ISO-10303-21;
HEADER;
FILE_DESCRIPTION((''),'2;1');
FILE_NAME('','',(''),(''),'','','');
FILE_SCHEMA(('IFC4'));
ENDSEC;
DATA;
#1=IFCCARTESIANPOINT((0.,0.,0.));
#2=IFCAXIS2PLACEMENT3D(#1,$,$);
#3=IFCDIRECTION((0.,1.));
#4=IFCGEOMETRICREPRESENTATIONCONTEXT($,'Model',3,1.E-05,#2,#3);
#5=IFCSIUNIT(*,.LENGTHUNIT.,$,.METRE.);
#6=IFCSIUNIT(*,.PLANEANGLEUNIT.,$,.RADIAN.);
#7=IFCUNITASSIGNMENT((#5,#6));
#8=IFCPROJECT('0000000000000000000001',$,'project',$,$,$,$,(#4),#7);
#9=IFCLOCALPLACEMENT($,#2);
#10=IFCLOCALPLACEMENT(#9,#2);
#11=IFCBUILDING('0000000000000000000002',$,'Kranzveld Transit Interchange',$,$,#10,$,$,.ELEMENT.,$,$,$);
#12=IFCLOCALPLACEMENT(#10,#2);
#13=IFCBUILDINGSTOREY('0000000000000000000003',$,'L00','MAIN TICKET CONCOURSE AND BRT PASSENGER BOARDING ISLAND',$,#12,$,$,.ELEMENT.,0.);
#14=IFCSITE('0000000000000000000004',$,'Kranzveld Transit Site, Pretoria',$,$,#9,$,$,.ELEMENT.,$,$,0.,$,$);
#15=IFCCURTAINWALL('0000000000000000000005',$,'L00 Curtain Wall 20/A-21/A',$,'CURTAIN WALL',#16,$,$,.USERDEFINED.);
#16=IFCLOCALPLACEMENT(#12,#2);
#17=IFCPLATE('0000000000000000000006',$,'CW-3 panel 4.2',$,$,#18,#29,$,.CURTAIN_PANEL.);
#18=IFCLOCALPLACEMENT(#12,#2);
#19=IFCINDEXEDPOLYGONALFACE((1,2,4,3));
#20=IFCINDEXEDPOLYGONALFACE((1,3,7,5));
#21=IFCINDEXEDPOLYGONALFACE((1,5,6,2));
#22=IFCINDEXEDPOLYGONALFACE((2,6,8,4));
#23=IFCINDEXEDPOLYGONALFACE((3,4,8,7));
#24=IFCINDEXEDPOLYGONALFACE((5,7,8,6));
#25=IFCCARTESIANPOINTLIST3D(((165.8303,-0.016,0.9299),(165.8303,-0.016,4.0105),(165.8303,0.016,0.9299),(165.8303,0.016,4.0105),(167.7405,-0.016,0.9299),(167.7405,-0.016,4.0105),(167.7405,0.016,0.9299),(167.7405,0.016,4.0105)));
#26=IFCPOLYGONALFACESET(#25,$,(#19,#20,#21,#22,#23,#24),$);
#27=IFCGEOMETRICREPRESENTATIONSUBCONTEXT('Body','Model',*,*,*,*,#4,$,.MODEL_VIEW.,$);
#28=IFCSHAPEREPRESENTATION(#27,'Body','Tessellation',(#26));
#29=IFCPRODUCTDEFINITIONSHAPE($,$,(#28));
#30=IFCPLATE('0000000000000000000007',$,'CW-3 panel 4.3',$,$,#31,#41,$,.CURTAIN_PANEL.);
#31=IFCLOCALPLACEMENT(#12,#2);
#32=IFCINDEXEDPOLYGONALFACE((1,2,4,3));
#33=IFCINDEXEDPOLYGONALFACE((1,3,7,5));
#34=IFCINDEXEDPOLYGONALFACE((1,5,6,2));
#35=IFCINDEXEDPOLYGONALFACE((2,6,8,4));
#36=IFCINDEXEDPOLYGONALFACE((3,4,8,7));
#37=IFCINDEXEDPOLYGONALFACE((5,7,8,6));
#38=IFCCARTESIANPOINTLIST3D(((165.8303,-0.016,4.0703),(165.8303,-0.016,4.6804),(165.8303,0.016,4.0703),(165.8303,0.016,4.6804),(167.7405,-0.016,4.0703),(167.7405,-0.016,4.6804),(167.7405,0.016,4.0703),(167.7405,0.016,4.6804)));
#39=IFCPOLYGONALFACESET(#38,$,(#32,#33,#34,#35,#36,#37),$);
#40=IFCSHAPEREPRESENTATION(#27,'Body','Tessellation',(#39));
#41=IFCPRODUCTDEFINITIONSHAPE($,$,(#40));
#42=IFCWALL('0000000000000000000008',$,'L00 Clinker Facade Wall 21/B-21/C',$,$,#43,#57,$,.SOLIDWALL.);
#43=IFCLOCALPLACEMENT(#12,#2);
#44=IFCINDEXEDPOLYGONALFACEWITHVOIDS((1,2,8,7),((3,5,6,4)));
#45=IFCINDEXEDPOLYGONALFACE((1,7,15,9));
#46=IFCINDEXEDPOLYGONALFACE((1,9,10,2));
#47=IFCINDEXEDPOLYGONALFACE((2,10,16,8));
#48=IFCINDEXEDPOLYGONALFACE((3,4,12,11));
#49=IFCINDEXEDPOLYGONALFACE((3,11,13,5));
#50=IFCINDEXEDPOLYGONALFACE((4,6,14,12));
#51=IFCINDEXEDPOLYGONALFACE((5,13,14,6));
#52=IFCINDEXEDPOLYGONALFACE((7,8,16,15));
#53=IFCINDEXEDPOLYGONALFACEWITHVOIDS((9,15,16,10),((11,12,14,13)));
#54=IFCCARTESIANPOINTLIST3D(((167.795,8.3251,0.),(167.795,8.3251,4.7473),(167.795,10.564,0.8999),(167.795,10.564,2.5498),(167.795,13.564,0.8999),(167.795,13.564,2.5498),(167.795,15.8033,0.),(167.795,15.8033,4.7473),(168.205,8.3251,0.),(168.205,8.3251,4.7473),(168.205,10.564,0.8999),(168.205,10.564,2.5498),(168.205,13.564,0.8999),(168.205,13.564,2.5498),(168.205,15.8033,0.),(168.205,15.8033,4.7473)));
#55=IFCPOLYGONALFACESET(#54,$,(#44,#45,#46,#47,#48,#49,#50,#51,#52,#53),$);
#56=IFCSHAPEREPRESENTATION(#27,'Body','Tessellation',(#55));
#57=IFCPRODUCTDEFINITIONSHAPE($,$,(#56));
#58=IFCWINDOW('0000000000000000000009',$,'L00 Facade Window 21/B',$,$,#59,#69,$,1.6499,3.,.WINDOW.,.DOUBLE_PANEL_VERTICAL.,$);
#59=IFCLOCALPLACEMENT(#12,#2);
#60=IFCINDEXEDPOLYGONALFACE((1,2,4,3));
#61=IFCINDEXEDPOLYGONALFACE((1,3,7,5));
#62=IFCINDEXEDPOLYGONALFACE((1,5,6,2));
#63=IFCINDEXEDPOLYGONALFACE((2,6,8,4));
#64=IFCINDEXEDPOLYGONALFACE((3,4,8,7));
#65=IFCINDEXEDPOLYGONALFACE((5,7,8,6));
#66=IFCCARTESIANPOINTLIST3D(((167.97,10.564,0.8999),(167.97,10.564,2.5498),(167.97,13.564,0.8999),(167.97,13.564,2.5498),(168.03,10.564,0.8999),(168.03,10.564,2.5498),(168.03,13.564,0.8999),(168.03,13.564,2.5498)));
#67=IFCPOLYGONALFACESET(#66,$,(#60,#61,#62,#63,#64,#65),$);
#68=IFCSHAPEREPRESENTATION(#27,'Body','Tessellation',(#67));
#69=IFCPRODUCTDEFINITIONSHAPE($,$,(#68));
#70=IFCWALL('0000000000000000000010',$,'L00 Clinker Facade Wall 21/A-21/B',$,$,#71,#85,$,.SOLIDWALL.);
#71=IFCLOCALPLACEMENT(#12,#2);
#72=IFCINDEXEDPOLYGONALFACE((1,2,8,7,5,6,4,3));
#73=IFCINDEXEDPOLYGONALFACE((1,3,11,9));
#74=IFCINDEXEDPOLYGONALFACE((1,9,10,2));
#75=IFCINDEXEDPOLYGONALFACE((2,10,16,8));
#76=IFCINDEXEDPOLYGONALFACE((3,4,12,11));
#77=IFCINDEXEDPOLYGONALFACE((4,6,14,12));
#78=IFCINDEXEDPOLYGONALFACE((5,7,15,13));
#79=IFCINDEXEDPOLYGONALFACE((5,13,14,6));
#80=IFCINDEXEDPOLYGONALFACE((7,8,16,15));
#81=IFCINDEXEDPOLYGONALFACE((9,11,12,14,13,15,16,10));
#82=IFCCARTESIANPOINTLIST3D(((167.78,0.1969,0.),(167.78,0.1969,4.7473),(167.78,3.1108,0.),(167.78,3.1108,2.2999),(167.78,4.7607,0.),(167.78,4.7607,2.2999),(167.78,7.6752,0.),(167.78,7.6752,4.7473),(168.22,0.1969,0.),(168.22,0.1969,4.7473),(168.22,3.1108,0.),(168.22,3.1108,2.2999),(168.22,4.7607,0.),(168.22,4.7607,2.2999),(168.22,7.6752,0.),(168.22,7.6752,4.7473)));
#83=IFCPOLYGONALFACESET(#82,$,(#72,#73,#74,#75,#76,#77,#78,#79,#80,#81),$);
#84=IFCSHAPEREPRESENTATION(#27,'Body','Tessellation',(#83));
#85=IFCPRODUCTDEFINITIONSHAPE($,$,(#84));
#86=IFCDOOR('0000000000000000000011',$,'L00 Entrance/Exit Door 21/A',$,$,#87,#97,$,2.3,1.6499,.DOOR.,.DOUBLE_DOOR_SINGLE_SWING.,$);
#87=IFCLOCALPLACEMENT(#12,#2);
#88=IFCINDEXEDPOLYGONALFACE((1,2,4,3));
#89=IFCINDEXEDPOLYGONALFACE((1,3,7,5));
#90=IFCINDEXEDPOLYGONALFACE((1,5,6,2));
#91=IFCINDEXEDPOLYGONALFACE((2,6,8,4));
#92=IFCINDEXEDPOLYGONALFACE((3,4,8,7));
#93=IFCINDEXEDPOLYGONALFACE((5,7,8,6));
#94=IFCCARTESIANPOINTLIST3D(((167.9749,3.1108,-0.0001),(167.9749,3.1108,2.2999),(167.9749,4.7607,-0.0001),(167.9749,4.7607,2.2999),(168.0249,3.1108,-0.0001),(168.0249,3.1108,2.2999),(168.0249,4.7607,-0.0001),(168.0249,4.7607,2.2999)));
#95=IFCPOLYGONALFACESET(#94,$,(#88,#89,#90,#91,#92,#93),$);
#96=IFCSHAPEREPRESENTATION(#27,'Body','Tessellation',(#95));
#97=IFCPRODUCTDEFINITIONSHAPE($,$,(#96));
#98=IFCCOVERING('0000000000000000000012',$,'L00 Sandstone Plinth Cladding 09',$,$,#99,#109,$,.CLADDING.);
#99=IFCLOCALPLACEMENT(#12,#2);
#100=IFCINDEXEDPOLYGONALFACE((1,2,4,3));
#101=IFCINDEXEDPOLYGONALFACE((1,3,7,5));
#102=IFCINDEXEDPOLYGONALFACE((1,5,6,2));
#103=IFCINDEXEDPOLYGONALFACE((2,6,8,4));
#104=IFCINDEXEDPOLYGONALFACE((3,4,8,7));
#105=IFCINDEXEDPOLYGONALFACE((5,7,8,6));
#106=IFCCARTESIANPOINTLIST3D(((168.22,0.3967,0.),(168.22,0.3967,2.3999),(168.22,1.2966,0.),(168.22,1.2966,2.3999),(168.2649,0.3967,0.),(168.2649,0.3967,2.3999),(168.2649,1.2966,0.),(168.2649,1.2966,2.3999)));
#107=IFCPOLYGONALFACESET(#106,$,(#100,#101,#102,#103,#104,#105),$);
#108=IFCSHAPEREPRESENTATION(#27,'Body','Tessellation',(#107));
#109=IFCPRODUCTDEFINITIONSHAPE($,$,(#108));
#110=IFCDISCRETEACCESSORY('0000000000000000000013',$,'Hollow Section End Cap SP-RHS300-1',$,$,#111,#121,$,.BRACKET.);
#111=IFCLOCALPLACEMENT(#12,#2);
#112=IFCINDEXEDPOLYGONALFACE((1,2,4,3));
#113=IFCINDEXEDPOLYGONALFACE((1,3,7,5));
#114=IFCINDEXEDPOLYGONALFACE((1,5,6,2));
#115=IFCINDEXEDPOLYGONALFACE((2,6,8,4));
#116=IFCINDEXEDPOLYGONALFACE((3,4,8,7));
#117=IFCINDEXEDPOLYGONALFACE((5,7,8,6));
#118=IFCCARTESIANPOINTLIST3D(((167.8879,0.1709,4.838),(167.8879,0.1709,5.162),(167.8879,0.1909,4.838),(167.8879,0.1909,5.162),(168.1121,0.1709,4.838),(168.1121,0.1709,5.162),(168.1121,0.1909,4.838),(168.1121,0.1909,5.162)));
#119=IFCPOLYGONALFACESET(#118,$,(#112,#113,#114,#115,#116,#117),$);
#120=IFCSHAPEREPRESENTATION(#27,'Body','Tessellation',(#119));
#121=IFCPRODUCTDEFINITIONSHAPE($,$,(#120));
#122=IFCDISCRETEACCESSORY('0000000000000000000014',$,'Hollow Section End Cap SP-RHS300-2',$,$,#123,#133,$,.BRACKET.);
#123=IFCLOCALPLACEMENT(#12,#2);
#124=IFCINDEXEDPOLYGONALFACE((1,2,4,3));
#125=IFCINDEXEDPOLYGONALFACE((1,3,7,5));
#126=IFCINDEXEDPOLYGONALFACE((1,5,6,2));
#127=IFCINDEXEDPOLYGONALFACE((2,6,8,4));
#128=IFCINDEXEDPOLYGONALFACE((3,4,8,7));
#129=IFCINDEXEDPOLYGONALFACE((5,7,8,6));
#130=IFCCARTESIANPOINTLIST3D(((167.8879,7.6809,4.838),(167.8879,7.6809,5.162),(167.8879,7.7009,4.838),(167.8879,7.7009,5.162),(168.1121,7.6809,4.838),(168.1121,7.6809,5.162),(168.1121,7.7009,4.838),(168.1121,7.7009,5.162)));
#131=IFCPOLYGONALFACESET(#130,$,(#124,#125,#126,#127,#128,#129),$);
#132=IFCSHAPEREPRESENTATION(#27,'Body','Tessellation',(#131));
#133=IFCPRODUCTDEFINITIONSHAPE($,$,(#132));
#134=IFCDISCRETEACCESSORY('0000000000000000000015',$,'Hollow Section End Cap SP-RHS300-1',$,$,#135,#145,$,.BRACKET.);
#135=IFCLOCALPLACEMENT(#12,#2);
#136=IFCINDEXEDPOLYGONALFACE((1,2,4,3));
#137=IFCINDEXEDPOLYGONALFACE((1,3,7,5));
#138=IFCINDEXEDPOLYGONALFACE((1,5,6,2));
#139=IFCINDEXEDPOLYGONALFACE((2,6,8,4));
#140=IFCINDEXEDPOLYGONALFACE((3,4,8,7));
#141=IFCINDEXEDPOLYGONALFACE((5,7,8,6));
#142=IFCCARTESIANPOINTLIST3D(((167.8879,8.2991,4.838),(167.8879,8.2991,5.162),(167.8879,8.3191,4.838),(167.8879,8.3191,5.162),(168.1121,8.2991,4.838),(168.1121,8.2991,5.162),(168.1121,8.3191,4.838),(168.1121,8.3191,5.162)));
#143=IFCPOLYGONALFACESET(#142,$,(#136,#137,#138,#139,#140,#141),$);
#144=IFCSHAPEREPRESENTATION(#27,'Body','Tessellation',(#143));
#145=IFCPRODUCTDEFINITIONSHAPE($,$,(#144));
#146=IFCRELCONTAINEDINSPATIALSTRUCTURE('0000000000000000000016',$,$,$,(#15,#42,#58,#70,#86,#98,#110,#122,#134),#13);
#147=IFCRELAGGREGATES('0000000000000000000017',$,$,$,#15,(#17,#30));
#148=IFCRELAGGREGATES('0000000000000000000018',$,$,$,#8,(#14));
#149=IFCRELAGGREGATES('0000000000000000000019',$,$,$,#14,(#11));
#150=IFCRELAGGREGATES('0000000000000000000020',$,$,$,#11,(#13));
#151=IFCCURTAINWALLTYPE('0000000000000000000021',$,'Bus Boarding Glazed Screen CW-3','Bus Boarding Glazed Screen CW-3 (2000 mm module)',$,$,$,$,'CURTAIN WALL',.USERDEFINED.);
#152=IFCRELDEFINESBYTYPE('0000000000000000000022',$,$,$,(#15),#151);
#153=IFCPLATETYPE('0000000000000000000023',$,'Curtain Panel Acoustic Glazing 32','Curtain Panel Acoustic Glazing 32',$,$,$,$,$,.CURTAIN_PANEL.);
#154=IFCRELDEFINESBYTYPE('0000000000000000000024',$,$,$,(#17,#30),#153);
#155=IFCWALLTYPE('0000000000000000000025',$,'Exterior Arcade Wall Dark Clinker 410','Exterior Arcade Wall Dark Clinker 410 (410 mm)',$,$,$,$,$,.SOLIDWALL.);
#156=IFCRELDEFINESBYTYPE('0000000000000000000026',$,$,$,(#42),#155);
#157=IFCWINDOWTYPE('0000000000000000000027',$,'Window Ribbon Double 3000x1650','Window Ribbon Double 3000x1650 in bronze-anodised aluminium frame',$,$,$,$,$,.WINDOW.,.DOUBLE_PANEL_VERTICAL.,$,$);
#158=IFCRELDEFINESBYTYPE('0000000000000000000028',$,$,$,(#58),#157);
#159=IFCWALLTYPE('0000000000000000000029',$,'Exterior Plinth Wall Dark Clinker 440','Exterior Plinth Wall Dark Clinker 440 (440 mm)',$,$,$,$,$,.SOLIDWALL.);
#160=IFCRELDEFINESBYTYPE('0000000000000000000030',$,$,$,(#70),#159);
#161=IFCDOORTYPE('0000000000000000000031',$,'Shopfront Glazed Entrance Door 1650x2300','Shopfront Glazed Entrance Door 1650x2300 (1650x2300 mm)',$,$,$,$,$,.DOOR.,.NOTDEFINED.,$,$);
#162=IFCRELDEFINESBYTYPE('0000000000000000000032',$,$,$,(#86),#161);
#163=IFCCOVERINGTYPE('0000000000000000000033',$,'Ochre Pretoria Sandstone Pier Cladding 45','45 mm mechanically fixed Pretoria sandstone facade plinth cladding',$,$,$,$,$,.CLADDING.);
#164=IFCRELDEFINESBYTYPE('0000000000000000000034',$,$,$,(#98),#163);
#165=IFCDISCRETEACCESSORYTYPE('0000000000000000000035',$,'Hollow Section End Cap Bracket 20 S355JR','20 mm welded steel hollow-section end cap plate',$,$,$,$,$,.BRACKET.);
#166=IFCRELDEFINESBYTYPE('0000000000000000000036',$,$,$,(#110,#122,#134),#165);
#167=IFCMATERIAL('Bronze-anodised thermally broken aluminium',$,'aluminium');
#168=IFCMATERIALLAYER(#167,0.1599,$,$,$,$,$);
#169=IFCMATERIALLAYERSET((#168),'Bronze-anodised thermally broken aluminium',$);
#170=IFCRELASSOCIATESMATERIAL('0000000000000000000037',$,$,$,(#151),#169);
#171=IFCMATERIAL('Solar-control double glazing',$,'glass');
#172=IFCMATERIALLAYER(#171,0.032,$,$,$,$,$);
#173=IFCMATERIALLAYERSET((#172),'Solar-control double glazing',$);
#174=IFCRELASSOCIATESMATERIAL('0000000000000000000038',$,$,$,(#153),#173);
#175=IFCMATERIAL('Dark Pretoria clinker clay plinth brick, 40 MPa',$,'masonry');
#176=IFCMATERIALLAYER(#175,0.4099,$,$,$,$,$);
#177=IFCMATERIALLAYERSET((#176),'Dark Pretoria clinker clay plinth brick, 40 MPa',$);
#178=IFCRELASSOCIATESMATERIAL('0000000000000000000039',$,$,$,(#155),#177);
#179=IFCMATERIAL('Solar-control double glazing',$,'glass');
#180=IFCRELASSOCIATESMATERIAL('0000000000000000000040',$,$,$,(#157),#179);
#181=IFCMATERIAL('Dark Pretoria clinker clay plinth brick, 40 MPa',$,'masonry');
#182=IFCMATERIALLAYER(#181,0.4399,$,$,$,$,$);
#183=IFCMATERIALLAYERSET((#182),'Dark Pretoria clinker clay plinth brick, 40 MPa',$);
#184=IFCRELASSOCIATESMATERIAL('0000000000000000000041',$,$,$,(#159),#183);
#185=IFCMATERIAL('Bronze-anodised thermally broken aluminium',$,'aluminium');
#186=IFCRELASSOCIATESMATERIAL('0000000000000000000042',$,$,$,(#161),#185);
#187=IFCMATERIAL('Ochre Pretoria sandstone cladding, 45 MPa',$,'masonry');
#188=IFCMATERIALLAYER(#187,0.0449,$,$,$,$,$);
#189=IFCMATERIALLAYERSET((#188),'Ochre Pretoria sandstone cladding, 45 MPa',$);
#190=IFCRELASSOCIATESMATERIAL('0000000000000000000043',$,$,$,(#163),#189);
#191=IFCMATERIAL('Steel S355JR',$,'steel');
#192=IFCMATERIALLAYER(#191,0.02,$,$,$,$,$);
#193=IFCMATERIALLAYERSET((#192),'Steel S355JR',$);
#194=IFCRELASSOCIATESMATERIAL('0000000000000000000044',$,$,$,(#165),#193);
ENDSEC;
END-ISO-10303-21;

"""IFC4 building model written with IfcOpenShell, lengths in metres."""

from ifc_helpers import new_model, si_unit, direction, frame, frame_2d, origin, origin_2d, place, context, subcontext, project, spatial, rectangle, extrude, material, layer, layer_set, type_object, element, fill, aggregate, save


model = new_model("IFC4")

# Units and contexts
model_context = context("Model", 3, precision=1e-05, world=origin(), true_north=direction((0.0, 1.0)))
body_context = subcontext(model_context, "Body", "Model", "MODEL_VIEW")
ifc_project = project(units=[si_unit("LENGTHUNIT", "METRE"), si_unit("PLANEANGLEUNIT", "RADIAN")], contexts=[model_context])

# Site, building, storey
site_placement = place(None, origin())
site = spatial("IfcSite", under=ifc_project, at=site_placement, Name="Kranzveld Transit Site, Pretoria", CompositionType="ELEMENT", RefElevation=0.0)
building_placement = place(site_placement, origin())
building = spatial("IfcBuilding", under=site, at=building_placement, Name="Kranzveld Transit Interchange", CompositionType="ELEMENT")
storey_placement = place(building_placement, origin())
storey = spatial("IfcBuildingStorey", under=building, at=storey_placement, Name="L00", Description="MAIN TICKET CONCOURSE AND BRT PASSENGER BOARDING ISLAND", CompositionType="ELEMENT", Elevation=0.0)

# Curtain wall
ifc_material_1 = material(Name="Bronze-anodised thermally broken aluminium", Category="aluminium")
ifc_layer_1 = layer(ifc_material_1, 0.1599)
ifc_layer_set_1 = layer_set([ifc_layer_1], Name="Bronze-anodised thermally broken aluminium")
curtain_wall_type = type_object("IfcCurtainWallType", Name="Bus Boarding Glazed Screen CW-3", Description="Bus Boarding Glazed Screen CW-3 (2000 mm module)", ElementType="CURTAIN WALL", PredefinedType="USERDEFINED", material=ifc_layer_set_1)
curtain_wall_placement = place(storey_placement, origin())
curtain_wall = element("IfcCurtainWall", 1, at=curtain_wall_placement, inside=storey, type_object=curtain_wall_type, Name="L00 Curtain Wall 20/A-21/A", ObjectType="CURTAIN WALL", PredefinedType="USERDEFINED")

# Plates
ifc_material_2 = material(Name="Solar-control double glazing", Category="glass")
ifc_layer_2 = layer(ifc_material_2, 0.032)
ifc_layer_set_2 = layer_set([ifc_layer_2], Name="Solar-control double glazing")
plate_type = type_object("IfcPlateType", Name="Curtain Panel Acoustic Glazing 32", Description="Curtain Panel Acoustic Glazing 32", PredefinedType="CURTAIN_PANEL", material=ifc_layer_set_2)
plate_1_placement = place(storey_placement, frame((166.7854, 0.0, 0.9299), z_axis=(0.0, 0.0, 1.0), x_axis=(1.0, 0.0, 0.0)))
plate_1 = element("IfcPlate", 2, at=plate_1_placement, type_object=plate_type, Name="CW-3 panel 4.2", PredefinedType="CURTAIN_PANEL", context=body_context, shape_type="SweptSolid", body=[
    extrude(rectangle(XDim=1.9102, YDim=0.032, at=origin_2d()), origin(), (0.0, 0.0, 1.0), 3.0806),
])
plate_2_placement = place(storey_placement, frame((166.7854, 0.0, 4.0703), z_axis=(0.0, 0.0, 1.0), x_axis=(1.0, 0.0, 0.0)))
plate_2 = element("IfcPlate", 3, at=plate_2_placement, type_object=plate_type, Name="CW-3 panel 4.3", PredefinedType="CURTAIN_PANEL", context=body_context, shape_type="SweptSolid", body=[
    extrude(rectangle(XDim=1.9102, YDim=0.032, at=origin_2d()), origin(), (0.0, 0.0, 1.0), 0.6101),
])
aggregate(curtain_wall, [plate_1, plate_2])

# Wall, opening, window
ifc_material_3 = material(Name="Dark Pretoria clinker clay plinth brick, 40 MPa", Category="masonry")
ifc_layer_3 = layer(ifc_material_3, 0.4099)
ifc_layer_set_3 = layer_set([ifc_layer_3], Name="Dark Pretoria clinker clay plinth brick, 40 MPa")
wall_type_1 = type_object("IfcWallType", Name="Exterior Arcade Wall Dark Clinker 410", Description="Exterior Arcade Wall Dark Clinker 410 (410 mm)", PredefinedType="SOLIDWALL", material=ifc_layer_set_3)
wall_1_placement = place(storey_placement, frame((168.0, 8.325, 0.0), z_axis=(0.0, 0.0, 1.0), x_axis=(0.0, 1.0, 0.0)))
wall_1 = element("IfcWall", 4, at=wall_1_placement, inside=storey, type_object=wall_type_1, Name="L00 Clinker Facade Wall 21/B-21/C", PredefinedType="SOLIDWALL", context=body_context, shape_type="SweptSolid", body=[
    extrude(rectangle(XDim=7.4783, YDim=0.4099, at=frame_2d((3.7393, 0.0))), origin(), (0.0, 0.0, 1.0), 4.7473),
])
opening_1_placement = place(wall_1_placement, frame((2.239, 0.0, 0.8999), z_axis=(0.0, 0.0, 1.0), x_axis=(1.0, 0.0, 0.0)))
opening_1 = element("IfcOpeningElement", 5, at=opening_1_placement, cuts=wall_1, PredefinedType="OPENING", context=body_context, shape_type="SweptSolid", body=[
    extrude(rectangle(XDim=3.0, YDim=1.6499, at=frame_2d((1.5, 0.825))), frame((0.0, 0.2148, 0.0), z_axis=(0.0, -1.0, 0.0), x_axis=(1.0, 0.0, 0.0)), (0.0, 0.0, 1.0), 0.4299),
])
ifc_material_4 = material(Name="Solar-control double glazing", Category="glass")
window_type = type_object("IfcWindowType", Name="Window Ribbon Double 3000x1650", Description="Window Ribbon Double 3000x1650 in bronze-anodised aluminium frame", PartitioningType="DOUBLE_PANEL_VERTICAL", PredefinedType="WINDOW", material=ifc_material_4)
window_placement = place(opening_1_placement, origin())
window = element("IfcWindow", 6, at=window_placement, inside=storey, type_object=window_type, Name="L00 Facade Window 21/B", OverallHeight=1.6499, OverallWidth=3.0, PartitioningType="DOUBLE_PANEL_VERTICAL", PredefinedType="WINDOW", context=body_context, shape_type="SweptSolid", body=[
    extrude(rectangle(XDim=3.0, YDim=1.6499, at=frame_2d((1.5, 0.825))), frame((0.0, 0.03, 0.0), z_axis=(0.0, -1.0, 0.0), x_axis=(1.0, 0.0, 0.0)), (0.0, 0.0, 1.0), 0.0601),
])
fill(opening_1, window)

# Wall, opening, door
ifc_material_5 = material(Name="Dark Pretoria clinker clay plinth brick, 40 MPa", Category="masonry")
ifc_layer_4 = layer(ifc_material_5, 0.4399)
ifc_layer_set_4 = layer_set([ifc_layer_4], Name="Dark Pretoria clinker clay plinth brick, 40 MPa")
wall_type_2 = type_object("IfcWallType", Name="Exterior Plinth Wall Dark Clinker 440", Description="Exterior Plinth Wall Dark Clinker 440 (440 mm)", PredefinedType="SOLIDWALL", material=ifc_layer_set_4)
wall_2_placement = place(storey_placement, frame((168.0, 0.1968, 0.0), z_axis=(0.0, 0.0, 1.0), x_axis=(0.0, 1.0, 0.0)))
wall_2 = element("IfcWall", 7, at=wall_2_placement, inside=storey, type_object=wall_type_2, Name="L00 Clinker Facade Wall 21/A-21/B", PredefinedType="SOLIDWALL", context=body_context, shape_type="SweptSolid", body=[
    extrude(rectangle(XDim=7.4783, YDim=0.4399, at=frame_2d((3.7393, 0.0))), origin(), (0.0, 0.0, 1.0), 4.7473),
])
opening_2_placement = place(wall_2_placement, frame((4.564, 0.0, 0.0), z_axis=(0.0, 0.0, 1.0), x_axis=(-1.0, 0.0, 0.0)))
opening_2 = element("IfcOpeningElement", 8, at=opening_2_placement, cuts=wall_2, PredefinedType="OPENING", context=body_context, shape_type="SweptSolid", body=[
    extrude(rectangle(XDim=1.6499, YDim=2.3, at=frame_2d((0.825, 1.1499))), frame((0.0, 0.23, 0.0), z_axis=(0.0, -1.0, 0.0), x_axis=(1.0, 0.0, 0.0)), (0.0, 0.0, 1.0), 0.46),
])
ifc_material_6 = material(Name="Bronze-anodised thermally broken aluminium", Category="aluminium")
door_type = type_object("IfcDoorType", Name="Shopfront Glazed Entrance Door 1650x2300", Description="Shopfront Glazed Entrance Door 1650x2300 (1650x2300 mm)", OperationType="NOTDEFINED", PredefinedType="DOOR", material=ifc_material_6)
door_placement = place(opening_2_placement, origin())
door = element("IfcDoor", 9, at=door_placement, inside=storey, type_object=door_type, Name="L00 Entrance/Exit Door 21/A", OperationType="DOUBLE_DOOR_SINGLE_SWING", OverallHeight=2.3, OverallWidth=1.6499, PredefinedType="DOOR", context=body_context, shape_type="SweptSolid", body=[
    extrude(rectangle(XDim=1.6499, YDim=2.3, at=frame_2d((0.825, 1.1499))), frame((0.0, 0.0249, 0.0), z_axis=(0.0, -1.0, 0.0), x_axis=(1.0, 0.0, 0.0)), (0.0, 0.0, 1.0), 0.05),
])
fill(opening_2, door)

# Covering
ifc_material_7 = material(Name="Ochre Pretoria sandstone cladding, 45 MPa", Category="masonry")
ifc_layer_5 = layer(ifc_material_7, 0.0449)
ifc_layer_set_5 = layer_set([ifc_layer_5], Name="Ochre Pretoria sandstone cladding, 45 MPa")
covering_type = type_object("IfcCoveringType", Name="Ochre Pretoria Sandstone Pier Cladding 45", Description="45 mm mechanically fixed Pretoria sandstone facade plinth cladding", PredefinedType="CLADDING", material=ifc_layer_set_5)
covering_placement = place(storey_placement, frame((168.2424, 0.8467, 0.0), z_axis=(0.0, 0.0, 1.0), x_axis=(0.0, 1.0, 0.0)))
element("IfcCovering", 10, at=covering_placement, inside=storey, type_object=covering_type, Name="L00 Sandstone Plinth Cladding 09", PredefinedType="CLADDING", context=body_context, shape_type="SweptSolid", body=[
    extrude(rectangle(XDim=0.8999, YDim=0.0449, at=origin_2d()), origin(), (0.0, 0.0, 1.0), 2.3999),
])

# Discrete accessories
ifc_material_8 = material(Name="Steel S355JR", Category="steel")
ifc_layer_6 = layer(ifc_material_8, 0.02)
ifc_layer_set_6 = layer_set([ifc_layer_6], Name="Steel S355JR")
discrete_accessory_type = type_object("IfcDiscreteAccessoryType", Name="Hollow Section End Cap Bracket 20 S355JR", Description="20 mm welded steel hollow-section end cap plate", PredefinedType="BRACKET", material=ifc_layer_set_6)
for number, where, z_axis, x_axis, name in (
    (11, (168.0, 0.1909, 5.0), (0.0, -1.0, 0.0), (1.0, 0.0, 0.0), "Hollow Section End Cap SP-RHS300-1"),
    (12, (168.0, 7.6809, 5.0), (0.0, 1.0, 0.0), (-1.0, 0.0, 0.0), "Hollow Section End Cap SP-RHS300-2"),
    (13, (168.0, 8.3191, 5.0), (0.0, -1.0, 0.0), (1.0, 0.0, 0.0), "Hollow Section End Cap SP-RHS300-1"),
):
    element("IfcDiscreteAccessory", number, at=place(storey_placement, frame(where, z_axis=z_axis, x_axis=x_axis)), inside=storey, type_object=discrete_accessory_type, Name=name, PredefinedType="BRACKET", context=body_context, shape_type="SweptSolid", body=[
        extrude(rectangle(XDim=0.2241, YDim=0.324, at=origin_2d()), origin(), (0.0, 0.0, 1.0), 0.02),
    ])

save(model, "model.ifc")
